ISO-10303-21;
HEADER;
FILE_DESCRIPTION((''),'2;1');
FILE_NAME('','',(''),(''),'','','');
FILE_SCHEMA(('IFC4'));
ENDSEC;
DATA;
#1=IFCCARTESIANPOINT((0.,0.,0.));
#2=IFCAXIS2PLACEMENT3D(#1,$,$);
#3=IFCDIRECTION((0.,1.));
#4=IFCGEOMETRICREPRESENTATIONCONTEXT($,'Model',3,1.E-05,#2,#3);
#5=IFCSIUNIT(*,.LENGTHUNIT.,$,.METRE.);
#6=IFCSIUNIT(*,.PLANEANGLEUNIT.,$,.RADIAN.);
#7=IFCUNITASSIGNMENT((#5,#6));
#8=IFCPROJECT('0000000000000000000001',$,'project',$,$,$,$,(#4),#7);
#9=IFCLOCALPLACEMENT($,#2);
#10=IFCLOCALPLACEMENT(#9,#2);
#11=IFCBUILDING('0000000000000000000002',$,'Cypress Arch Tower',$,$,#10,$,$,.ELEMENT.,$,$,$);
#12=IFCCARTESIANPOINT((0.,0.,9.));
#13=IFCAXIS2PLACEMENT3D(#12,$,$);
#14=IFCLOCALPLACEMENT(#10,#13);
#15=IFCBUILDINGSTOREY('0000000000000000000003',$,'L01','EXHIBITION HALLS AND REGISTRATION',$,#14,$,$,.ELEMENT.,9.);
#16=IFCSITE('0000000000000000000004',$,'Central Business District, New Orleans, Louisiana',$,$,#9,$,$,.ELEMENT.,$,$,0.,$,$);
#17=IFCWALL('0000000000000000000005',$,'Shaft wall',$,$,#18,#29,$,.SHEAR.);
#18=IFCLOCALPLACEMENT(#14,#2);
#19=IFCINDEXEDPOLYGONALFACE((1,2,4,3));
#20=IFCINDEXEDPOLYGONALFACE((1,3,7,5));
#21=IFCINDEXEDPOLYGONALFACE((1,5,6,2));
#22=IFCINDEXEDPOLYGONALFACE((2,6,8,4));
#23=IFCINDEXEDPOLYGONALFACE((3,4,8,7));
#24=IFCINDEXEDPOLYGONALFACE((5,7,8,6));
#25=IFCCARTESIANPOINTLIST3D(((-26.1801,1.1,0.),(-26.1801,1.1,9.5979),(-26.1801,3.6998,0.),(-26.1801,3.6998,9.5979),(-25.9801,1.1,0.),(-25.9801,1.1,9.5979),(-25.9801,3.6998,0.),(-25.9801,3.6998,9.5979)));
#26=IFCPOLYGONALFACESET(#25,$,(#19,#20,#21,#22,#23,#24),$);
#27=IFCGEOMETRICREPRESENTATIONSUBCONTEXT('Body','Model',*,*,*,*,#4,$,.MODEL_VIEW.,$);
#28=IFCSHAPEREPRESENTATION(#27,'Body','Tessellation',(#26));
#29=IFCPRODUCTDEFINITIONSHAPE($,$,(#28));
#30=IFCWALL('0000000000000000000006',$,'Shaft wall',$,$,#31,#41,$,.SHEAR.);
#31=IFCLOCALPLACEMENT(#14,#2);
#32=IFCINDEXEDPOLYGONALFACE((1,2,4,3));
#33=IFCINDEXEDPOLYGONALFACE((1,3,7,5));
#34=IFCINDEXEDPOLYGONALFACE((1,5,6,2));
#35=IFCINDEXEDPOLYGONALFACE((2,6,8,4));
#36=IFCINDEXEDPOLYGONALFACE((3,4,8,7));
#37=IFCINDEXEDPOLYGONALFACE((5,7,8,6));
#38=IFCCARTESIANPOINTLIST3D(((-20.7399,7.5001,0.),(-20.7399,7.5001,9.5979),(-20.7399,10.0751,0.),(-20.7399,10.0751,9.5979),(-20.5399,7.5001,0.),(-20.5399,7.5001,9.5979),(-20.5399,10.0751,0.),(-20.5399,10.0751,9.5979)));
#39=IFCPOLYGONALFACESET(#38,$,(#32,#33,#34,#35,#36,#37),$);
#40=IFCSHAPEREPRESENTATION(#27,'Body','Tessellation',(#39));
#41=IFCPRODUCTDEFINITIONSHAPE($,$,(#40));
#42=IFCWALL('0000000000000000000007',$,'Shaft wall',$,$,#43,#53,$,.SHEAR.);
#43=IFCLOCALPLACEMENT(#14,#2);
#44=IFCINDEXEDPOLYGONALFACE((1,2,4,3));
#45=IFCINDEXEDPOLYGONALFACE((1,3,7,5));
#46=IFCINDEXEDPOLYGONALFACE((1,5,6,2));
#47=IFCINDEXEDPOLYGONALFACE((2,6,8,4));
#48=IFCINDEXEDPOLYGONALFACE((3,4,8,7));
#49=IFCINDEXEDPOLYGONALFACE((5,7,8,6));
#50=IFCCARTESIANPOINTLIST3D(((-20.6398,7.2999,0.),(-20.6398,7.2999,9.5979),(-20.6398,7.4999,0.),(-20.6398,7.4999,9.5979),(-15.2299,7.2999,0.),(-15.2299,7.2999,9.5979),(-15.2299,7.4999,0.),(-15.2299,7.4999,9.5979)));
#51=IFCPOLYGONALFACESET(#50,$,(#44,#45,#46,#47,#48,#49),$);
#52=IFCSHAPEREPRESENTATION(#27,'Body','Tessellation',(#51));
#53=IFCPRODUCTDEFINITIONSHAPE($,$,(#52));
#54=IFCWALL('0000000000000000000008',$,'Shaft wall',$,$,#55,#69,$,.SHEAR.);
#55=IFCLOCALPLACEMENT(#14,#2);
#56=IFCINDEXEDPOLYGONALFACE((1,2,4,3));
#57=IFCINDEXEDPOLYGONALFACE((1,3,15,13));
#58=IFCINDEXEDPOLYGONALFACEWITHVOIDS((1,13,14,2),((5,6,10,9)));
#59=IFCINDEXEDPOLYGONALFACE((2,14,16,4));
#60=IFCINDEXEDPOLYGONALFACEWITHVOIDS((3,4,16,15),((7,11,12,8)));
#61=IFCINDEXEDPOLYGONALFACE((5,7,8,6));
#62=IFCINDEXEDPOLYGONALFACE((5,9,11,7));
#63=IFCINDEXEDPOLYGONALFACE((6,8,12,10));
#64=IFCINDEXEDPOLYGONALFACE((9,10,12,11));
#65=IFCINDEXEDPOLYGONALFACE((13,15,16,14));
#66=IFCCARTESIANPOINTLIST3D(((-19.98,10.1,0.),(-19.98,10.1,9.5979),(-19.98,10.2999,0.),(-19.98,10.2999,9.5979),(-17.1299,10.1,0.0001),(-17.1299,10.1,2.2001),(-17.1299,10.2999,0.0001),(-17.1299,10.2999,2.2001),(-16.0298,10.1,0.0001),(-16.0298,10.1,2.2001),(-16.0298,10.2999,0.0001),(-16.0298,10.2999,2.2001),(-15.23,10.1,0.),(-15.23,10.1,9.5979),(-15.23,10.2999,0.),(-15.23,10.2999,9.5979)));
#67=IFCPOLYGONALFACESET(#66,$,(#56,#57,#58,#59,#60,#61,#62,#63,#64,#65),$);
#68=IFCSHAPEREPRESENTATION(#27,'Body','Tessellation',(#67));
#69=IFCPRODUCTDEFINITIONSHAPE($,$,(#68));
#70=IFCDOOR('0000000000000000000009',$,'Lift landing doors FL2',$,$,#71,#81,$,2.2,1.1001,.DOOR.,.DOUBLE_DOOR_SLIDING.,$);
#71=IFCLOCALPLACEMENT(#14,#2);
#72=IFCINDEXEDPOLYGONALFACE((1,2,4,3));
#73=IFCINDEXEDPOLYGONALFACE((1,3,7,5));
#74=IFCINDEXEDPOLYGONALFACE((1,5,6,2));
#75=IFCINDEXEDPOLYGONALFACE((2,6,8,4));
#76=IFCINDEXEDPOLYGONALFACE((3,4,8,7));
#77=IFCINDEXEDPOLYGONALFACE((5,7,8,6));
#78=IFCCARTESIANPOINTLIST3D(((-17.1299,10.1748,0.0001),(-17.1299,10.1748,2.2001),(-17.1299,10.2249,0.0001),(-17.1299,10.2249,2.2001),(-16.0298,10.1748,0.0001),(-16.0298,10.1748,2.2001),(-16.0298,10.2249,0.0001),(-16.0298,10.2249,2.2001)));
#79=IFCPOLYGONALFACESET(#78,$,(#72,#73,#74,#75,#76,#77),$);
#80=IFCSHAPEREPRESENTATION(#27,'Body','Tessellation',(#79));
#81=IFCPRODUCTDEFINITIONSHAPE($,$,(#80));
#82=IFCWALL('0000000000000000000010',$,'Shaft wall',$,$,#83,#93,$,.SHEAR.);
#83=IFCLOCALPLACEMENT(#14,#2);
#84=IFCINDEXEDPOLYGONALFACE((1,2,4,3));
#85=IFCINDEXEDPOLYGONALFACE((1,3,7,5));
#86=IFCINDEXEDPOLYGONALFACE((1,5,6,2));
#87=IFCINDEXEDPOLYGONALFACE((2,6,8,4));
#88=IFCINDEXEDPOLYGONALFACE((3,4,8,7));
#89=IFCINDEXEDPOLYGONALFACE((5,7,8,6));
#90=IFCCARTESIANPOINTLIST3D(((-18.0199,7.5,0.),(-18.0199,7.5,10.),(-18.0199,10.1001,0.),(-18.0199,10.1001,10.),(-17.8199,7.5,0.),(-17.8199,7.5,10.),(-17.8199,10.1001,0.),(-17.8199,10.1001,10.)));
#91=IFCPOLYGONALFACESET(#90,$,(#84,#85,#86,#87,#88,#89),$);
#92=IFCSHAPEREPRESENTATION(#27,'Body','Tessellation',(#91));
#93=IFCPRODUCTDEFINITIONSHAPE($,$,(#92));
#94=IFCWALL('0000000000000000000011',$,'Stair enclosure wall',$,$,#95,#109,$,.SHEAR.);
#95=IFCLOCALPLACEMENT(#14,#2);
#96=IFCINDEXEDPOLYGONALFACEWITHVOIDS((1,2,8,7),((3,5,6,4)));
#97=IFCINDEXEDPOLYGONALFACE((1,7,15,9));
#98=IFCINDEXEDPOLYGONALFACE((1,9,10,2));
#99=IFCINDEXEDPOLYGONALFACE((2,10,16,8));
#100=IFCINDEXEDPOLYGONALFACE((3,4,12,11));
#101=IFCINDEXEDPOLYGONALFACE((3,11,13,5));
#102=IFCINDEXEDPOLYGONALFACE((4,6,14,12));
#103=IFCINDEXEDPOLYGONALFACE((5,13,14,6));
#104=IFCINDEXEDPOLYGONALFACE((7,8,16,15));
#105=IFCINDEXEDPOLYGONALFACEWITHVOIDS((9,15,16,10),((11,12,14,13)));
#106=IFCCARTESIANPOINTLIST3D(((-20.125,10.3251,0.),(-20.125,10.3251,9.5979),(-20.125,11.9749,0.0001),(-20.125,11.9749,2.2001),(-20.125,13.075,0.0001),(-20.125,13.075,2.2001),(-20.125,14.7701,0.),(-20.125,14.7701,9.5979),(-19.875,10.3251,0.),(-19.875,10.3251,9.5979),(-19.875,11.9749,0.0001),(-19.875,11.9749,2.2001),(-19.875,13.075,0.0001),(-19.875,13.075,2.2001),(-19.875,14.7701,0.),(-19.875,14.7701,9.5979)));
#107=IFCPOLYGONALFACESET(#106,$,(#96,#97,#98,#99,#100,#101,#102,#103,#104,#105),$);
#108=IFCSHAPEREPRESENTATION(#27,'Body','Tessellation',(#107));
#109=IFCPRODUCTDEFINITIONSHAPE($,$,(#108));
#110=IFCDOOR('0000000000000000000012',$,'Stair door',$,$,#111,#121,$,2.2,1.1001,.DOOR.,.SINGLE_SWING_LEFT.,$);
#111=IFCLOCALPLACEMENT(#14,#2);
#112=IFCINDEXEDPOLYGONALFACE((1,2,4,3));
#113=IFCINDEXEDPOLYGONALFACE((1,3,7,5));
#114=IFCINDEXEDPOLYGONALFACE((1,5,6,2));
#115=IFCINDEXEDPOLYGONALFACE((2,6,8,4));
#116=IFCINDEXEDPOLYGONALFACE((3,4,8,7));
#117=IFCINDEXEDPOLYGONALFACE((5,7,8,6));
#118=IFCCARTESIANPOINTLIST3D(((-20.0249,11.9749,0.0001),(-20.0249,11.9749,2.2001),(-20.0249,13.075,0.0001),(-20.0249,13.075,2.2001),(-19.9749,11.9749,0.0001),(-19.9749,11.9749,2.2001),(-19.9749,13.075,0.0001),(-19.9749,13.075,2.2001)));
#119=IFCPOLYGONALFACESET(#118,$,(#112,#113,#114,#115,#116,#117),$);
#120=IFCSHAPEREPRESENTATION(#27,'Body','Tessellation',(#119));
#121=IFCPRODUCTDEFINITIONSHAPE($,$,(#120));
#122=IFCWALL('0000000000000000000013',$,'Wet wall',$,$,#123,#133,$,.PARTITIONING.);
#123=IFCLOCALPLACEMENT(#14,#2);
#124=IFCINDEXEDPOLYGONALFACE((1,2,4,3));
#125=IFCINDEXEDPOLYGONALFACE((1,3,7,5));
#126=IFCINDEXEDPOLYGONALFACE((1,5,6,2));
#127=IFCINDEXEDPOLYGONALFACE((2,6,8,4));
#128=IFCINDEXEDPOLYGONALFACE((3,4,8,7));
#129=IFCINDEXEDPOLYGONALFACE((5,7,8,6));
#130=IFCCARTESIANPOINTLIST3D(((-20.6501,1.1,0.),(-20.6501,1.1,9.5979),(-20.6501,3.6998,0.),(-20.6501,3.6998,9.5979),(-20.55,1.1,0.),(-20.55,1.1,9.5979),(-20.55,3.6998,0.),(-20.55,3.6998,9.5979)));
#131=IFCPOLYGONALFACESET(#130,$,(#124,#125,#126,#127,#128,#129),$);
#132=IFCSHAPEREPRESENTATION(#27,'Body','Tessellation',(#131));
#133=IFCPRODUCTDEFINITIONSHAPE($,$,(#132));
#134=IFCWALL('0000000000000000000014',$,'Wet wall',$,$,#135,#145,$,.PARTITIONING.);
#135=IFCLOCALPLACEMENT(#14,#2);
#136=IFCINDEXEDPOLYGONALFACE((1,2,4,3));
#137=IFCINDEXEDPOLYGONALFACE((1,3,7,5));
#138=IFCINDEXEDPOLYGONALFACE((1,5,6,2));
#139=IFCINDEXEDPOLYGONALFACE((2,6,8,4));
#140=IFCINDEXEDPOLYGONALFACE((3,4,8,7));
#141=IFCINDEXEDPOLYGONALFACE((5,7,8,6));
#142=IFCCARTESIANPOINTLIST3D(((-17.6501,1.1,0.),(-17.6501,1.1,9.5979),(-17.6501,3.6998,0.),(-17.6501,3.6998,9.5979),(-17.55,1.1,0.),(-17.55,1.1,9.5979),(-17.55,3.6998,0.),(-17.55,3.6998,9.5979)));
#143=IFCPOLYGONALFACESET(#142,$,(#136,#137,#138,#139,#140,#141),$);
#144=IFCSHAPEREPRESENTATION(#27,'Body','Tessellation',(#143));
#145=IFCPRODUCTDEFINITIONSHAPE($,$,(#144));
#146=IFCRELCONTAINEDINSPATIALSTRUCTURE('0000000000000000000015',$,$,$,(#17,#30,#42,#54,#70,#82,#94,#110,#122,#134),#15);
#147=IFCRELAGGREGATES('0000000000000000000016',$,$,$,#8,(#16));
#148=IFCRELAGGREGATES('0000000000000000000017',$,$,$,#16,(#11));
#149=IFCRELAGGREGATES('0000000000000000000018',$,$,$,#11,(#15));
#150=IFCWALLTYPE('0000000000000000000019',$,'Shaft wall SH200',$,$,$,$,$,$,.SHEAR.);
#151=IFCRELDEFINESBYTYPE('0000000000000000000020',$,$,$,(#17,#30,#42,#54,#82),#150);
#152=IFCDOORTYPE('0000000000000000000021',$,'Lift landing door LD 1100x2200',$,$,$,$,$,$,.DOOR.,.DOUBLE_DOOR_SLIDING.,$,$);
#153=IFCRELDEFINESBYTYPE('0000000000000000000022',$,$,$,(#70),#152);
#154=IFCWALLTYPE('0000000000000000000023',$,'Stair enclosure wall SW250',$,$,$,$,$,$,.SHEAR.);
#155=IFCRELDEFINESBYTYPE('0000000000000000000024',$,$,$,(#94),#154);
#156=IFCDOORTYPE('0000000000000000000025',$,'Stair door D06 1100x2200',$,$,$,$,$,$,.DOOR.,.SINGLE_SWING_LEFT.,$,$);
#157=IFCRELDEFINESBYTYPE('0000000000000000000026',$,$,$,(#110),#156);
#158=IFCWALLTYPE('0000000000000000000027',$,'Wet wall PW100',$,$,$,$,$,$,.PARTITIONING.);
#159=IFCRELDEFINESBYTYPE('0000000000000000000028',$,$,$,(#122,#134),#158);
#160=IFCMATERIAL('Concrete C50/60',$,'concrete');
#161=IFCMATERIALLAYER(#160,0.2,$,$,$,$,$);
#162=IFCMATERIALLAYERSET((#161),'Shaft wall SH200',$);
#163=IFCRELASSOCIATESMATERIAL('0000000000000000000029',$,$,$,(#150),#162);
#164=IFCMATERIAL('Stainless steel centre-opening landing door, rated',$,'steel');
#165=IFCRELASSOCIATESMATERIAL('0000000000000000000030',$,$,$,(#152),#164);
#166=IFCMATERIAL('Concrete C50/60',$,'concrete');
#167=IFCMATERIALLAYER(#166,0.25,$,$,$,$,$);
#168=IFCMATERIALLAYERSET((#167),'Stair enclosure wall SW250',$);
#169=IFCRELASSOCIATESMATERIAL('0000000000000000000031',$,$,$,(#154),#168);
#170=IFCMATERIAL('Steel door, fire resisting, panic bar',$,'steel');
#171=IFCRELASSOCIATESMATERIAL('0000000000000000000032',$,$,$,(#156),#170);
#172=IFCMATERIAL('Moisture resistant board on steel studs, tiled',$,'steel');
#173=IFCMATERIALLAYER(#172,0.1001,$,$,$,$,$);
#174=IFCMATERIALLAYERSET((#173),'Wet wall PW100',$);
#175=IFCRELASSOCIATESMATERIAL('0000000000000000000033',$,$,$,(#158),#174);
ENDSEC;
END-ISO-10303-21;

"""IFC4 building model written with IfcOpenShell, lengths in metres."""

from ifc_helpers import new_model, si_unit, direction, frame, frame_2d, origin, place, context, subcontext, project, spatial, rectangle, extrude, material, layer, layer_set, type_object, element, fill, save


model = new_model("IFC4")

# Units and contexts
model_context = context("Model", 3, precision=1e-05, world=origin(), true_north=direction((0.0, 1.0)))
body_context = subcontext(model_context, "Body", "Model", "MODEL_VIEW")
ifc_project = project(units=[si_unit("LENGTHUNIT", "METRE"), si_unit("PLANEANGLEUNIT", "RADIAN")], contexts=[model_context])

# Site, building, storey
site_placement = place(None, origin())
site = spatial("IfcSite", under=ifc_project, at=site_placement, Name="Central Business District, New Orleans, Louisiana", CompositionType="ELEMENT", RefElevation=0.0)
building_placement = place(site_placement, origin())
building = spatial("IfcBuilding", under=site, at=building_placement, Name="Cypress Arch Tower", CompositionType="ELEMENT")
storey_placement = place(building_placement, frame((0.0, 0.0, 9.0)))
storey = spatial("IfcBuildingStorey", under=building, at=storey_placement, Name="L01", Description="EXHIBITION HALLS AND REGISTRATION", CompositionType="ELEMENT", Elevation=9.0)

# Walls
ifc_material_1 = material(Name="Concrete C50/60", Category="concrete")
ifc_layer_1 = layer(ifc_material_1, 0.2)
ifc_layer_set_1 = layer_set([ifc_layer_1], Name="Shaft wall SH200")
wall_type_1 = type_object("IfcWallType", Name="Shaft wall SH200", PredefinedType="SHEAR", material=ifc_layer_set_1)
wall_1_placement = place(storey_placement, frame((-26.0801, 1.1001, 0.0), z_axis=(0.0, 0.0, 1.0), x_axis=(0.0, 1.0, 0.0)))
element("IfcWall", 1, at=wall_1_placement, inside=storey, type_object=wall_type_1, Name="Shaft wall", PredefinedType="SHEAR", context=body_context, shape_type="SweptSolid", body=[
    extrude(rectangle(XDim=2.5999, YDim=0.2, at=frame_2d((1.2998, 0.0))), origin(), (0.0, 0.0, 1.0), 9.5979),
])
wall_2_placement = place(storey_placement, frame((-20.6399, 7.5, 0.0), z_axis=(0.0, 0.0, 1.0), x_axis=(0.0, 1.0, 0.0)))
element("IfcWall", 2, at=wall_2_placement, inside=storey, type_object=wall_type_1, Name="Shaft wall", PredefinedType="SHEAR", context=body_context, shape_type="SweptSolid", body=[
    extrude(rectangle(XDim=2.575, YDim=0.2, at=frame_2d((1.2876, 0.0))), origin(), (0.0, 0.0, 1.0), 9.5979),
])
wall_3_placement = place(storey_placement, frame((-20.6399, 7.3999, 0.0), z_axis=(0.0, 0.0, 1.0), x_axis=(1.0, 0.0, 0.0)))
element("IfcWall", 3, at=wall_3_placement, inside=storey, type_object=wall_type_1, Name="Shaft wall", PredefinedType="SHEAR", context=body_context, shape_type="SweptSolid", body=[
    extrude(rectangle(XDim=5.4099, YDim=0.2, at=frame_2d((2.7051, 0.0))), origin(), (0.0, 0.0, 1.0), 9.5979),
])

# Wall, opening, door
wall_4_placement = place(storey_placement, frame((-19.98, 10.2, 0.0), z_axis=(0.0, 0.0, 1.0), x_axis=(1.0, 0.0, 0.0)))
wall_4 = element("IfcWall", 4, at=wall_4_placement, inside=storey, type_object=wall_type_1, Name="Shaft wall", PredefinedType="SHEAR", context=body_context, shape_type="SweptSolid", body=[
    extrude(rectangle(XDim=4.75, YDim=0.2, at=frame_2d((2.375, 0.0))), origin(), (0.0, 0.0, 1.0), 9.5979),
])
opening_1_placement = place(wall_4_placement, frame((2.8501, 0.0, 0.0)))
opening_1 = element("IfcOpeningElement", 5, at=opening_1_placement, cuts=wall_4, PredefinedType="OPENING", context=body_context, shape_type="SweptSolid", body=[
    extrude(rectangle(XDim=1.1001, YDim=2.2, at=frame_2d((0.55, 1.1001))), frame((0.0, 0.1099, 0.0), z_axis=(0.0, -1.0, 0.0), x_axis=(1.0, 0.0, 0.0)), (0.0, 0.0, 1.0), 0.22),
])
ifc_material_2 = material(Name="Stainless steel centre-opening landing door, rated", Category="steel")
door_type_1 = type_object("IfcDoorType", Name="Lift landing door LD 1100x2200", OperationType="DOUBLE_DOOR_SLIDING", PredefinedType="DOOR", material=ifc_material_2)
door_1_placement = place(opening_1_placement, origin())
door_1 = element("IfcDoor", 6, at=door_1_placement, inside=storey, type_object=door_type_1, Name="Lift landing doors FL2", OperationType="DOUBLE_DOOR_SLIDING", OverallHeight=2.2, OverallWidth=1.1001, PredefinedType="DOOR", context=body_context, shape_type="SweptSolid", body=[
    extrude(rectangle(XDim=1.1001, YDim=2.2, at=frame_2d((0.55, 1.1001))), frame((0.0, 0.0249, 0.0), z_axis=(0.0, -1.0, 0.0), x_axis=(1.0, 0.0, 0.0)), (0.0, 0.0, 1.0), 0.05),
])
fill(opening_1, door_1)

# Wall
wall_5_placement = place(storey_placement, frame((-17.9199, 7.5, 0.0), z_axis=(0.0, 0.0, 1.0), x_axis=(0.0, 1.0, 0.0)))
element("IfcWall", 7, at=wall_5_placement, inside=storey, type_object=wall_type_1, Name="Shaft wall", PredefinedType="SHEAR", context=body_context, shape_type="SweptSolid", body=[
    extrude(rectangle(XDim=2.6001, YDim=0.2, at=frame_2d((1.3, 0.0))), origin(), (0.0, 0.0, 1.0), 10.0),
])

# Wall, opening, door
ifc_material_3 = material(Name="Concrete C50/60", Category="concrete")
ifc_layer_2 = layer(ifc_material_3, 0.25)
ifc_layer_set_2 = layer_set([ifc_layer_2], Name="Stair enclosure wall SW250")
wall_type_2 = type_object("IfcWallType", Name="Stair enclosure wall SW250", PredefinedType="SHEAR", material=ifc_layer_set_2)
wall_6_placement = place(storey_placement, frame((-20.0, 10.325, 0.0), z_axis=(0.0, 0.0, 1.0), x_axis=(0.0, 1.0, 0.0)))
wall_6 = element("IfcWall", 8, at=wall_6_placement, inside=storey, type_object=wall_type_2, Name="Stair enclosure wall", PredefinedType="SHEAR", context=body_context, shape_type="SweptSolid", body=[
    extrude(rectangle(XDim=4.4451, YDim=0.25, at=frame_2d((2.2227, 0.0))), origin(), (0.0, 0.0, 1.0), 9.5979),
])
opening_2_placement = place(wall_6_placement, frame((1.6499, 0.0, 0.0)))
opening_2 = element("IfcOpeningElement", 9, at=opening_2_placement, cuts=wall_6, PredefinedType="OPENING", context=body_context, shape_type="SweptSolid", body=[
    extrude(rectangle(XDim=1.1001, YDim=2.2, at=frame_2d((0.55, 1.1001))), frame((0.0, 0.135, 0.0), z_axis=(0.0, -1.0, 0.0), x_axis=(1.0, 0.0, 0.0)), (0.0, 0.0, 1.0), 0.27),
])
ifc_material_4 = material(Name="Steel door, fire resisting, panic bar", Category="steel")
door_type_2 = type_object("IfcDoorType", Name="Stair door D06 1100x2200", OperationType="SINGLE_SWING_LEFT", PredefinedType="DOOR", material=ifc_material_4)
door_2_placement = place(opening_2_placement, origin())
door_2 = element("IfcDoor", 10, at=door_2_placement, inside=storey, type_object=door_type_2, Name="Stair door", OperationType="SINGLE_SWING_LEFT", OverallHeight=2.2, OverallWidth=1.1001, PredefinedType="DOOR", context=body_context, shape_type="SweptSolid", body=[
    extrude(rectangle(XDim=1.1001, YDim=2.2, at=frame_2d((0.55, 1.1001))), frame((0.0, 0.0249, 0.0), z_axis=(0.0, -1.0, 0.0), x_axis=(1.0, 0.0, 0.0)), (0.0, 0.0, 1.0), 0.05),
])
fill(opening_2, door_2)

# Walls
ifc_material_5 = material(Name="Moisture resistant board on steel studs, tiled", Category="steel")
ifc_layer_3 = layer(ifc_material_5, 0.1001)
ifc_layer_set_3 = layer_set([ifc_layer_3], Name="Wet wall PW100")
wall_type_3 = type_object("IfcWallType", Name="Wet wall PW100", PredefinedType="PARTITIONING", material=ifc_layer_set_3)
for number, where, z_axis, x_axis, name in (
    (11, (-20.6001, 1.1001, 0.0), (0.0, 0.0, 1.0), (0.0, 1.0, 0.0), "Wet wall"),
    (12, (-17.6001, 1.1001, 0.0), (0.0, 0.0, 1.0), (0.0, 1.0, 0.0), "Wet wall"),
):
    element("IfcWall", number, at=place(storey_placement, frame(where, z_axis=z_axis, x_axis=x_axis)), inside=storey, type_object=wall_type_3, Name=name, PredefinedType="PARTITIONING", context=body_context, shape_type="SweptSolid", body=[
        extrude(rectangle(XDim=2.5999, YDim=0.1001, at=frame_2d((1.2998, 0.0))), origin(), (0.0, 0.0, 1.0), 9.5979),
    ])

save(model, "model.ifc")
